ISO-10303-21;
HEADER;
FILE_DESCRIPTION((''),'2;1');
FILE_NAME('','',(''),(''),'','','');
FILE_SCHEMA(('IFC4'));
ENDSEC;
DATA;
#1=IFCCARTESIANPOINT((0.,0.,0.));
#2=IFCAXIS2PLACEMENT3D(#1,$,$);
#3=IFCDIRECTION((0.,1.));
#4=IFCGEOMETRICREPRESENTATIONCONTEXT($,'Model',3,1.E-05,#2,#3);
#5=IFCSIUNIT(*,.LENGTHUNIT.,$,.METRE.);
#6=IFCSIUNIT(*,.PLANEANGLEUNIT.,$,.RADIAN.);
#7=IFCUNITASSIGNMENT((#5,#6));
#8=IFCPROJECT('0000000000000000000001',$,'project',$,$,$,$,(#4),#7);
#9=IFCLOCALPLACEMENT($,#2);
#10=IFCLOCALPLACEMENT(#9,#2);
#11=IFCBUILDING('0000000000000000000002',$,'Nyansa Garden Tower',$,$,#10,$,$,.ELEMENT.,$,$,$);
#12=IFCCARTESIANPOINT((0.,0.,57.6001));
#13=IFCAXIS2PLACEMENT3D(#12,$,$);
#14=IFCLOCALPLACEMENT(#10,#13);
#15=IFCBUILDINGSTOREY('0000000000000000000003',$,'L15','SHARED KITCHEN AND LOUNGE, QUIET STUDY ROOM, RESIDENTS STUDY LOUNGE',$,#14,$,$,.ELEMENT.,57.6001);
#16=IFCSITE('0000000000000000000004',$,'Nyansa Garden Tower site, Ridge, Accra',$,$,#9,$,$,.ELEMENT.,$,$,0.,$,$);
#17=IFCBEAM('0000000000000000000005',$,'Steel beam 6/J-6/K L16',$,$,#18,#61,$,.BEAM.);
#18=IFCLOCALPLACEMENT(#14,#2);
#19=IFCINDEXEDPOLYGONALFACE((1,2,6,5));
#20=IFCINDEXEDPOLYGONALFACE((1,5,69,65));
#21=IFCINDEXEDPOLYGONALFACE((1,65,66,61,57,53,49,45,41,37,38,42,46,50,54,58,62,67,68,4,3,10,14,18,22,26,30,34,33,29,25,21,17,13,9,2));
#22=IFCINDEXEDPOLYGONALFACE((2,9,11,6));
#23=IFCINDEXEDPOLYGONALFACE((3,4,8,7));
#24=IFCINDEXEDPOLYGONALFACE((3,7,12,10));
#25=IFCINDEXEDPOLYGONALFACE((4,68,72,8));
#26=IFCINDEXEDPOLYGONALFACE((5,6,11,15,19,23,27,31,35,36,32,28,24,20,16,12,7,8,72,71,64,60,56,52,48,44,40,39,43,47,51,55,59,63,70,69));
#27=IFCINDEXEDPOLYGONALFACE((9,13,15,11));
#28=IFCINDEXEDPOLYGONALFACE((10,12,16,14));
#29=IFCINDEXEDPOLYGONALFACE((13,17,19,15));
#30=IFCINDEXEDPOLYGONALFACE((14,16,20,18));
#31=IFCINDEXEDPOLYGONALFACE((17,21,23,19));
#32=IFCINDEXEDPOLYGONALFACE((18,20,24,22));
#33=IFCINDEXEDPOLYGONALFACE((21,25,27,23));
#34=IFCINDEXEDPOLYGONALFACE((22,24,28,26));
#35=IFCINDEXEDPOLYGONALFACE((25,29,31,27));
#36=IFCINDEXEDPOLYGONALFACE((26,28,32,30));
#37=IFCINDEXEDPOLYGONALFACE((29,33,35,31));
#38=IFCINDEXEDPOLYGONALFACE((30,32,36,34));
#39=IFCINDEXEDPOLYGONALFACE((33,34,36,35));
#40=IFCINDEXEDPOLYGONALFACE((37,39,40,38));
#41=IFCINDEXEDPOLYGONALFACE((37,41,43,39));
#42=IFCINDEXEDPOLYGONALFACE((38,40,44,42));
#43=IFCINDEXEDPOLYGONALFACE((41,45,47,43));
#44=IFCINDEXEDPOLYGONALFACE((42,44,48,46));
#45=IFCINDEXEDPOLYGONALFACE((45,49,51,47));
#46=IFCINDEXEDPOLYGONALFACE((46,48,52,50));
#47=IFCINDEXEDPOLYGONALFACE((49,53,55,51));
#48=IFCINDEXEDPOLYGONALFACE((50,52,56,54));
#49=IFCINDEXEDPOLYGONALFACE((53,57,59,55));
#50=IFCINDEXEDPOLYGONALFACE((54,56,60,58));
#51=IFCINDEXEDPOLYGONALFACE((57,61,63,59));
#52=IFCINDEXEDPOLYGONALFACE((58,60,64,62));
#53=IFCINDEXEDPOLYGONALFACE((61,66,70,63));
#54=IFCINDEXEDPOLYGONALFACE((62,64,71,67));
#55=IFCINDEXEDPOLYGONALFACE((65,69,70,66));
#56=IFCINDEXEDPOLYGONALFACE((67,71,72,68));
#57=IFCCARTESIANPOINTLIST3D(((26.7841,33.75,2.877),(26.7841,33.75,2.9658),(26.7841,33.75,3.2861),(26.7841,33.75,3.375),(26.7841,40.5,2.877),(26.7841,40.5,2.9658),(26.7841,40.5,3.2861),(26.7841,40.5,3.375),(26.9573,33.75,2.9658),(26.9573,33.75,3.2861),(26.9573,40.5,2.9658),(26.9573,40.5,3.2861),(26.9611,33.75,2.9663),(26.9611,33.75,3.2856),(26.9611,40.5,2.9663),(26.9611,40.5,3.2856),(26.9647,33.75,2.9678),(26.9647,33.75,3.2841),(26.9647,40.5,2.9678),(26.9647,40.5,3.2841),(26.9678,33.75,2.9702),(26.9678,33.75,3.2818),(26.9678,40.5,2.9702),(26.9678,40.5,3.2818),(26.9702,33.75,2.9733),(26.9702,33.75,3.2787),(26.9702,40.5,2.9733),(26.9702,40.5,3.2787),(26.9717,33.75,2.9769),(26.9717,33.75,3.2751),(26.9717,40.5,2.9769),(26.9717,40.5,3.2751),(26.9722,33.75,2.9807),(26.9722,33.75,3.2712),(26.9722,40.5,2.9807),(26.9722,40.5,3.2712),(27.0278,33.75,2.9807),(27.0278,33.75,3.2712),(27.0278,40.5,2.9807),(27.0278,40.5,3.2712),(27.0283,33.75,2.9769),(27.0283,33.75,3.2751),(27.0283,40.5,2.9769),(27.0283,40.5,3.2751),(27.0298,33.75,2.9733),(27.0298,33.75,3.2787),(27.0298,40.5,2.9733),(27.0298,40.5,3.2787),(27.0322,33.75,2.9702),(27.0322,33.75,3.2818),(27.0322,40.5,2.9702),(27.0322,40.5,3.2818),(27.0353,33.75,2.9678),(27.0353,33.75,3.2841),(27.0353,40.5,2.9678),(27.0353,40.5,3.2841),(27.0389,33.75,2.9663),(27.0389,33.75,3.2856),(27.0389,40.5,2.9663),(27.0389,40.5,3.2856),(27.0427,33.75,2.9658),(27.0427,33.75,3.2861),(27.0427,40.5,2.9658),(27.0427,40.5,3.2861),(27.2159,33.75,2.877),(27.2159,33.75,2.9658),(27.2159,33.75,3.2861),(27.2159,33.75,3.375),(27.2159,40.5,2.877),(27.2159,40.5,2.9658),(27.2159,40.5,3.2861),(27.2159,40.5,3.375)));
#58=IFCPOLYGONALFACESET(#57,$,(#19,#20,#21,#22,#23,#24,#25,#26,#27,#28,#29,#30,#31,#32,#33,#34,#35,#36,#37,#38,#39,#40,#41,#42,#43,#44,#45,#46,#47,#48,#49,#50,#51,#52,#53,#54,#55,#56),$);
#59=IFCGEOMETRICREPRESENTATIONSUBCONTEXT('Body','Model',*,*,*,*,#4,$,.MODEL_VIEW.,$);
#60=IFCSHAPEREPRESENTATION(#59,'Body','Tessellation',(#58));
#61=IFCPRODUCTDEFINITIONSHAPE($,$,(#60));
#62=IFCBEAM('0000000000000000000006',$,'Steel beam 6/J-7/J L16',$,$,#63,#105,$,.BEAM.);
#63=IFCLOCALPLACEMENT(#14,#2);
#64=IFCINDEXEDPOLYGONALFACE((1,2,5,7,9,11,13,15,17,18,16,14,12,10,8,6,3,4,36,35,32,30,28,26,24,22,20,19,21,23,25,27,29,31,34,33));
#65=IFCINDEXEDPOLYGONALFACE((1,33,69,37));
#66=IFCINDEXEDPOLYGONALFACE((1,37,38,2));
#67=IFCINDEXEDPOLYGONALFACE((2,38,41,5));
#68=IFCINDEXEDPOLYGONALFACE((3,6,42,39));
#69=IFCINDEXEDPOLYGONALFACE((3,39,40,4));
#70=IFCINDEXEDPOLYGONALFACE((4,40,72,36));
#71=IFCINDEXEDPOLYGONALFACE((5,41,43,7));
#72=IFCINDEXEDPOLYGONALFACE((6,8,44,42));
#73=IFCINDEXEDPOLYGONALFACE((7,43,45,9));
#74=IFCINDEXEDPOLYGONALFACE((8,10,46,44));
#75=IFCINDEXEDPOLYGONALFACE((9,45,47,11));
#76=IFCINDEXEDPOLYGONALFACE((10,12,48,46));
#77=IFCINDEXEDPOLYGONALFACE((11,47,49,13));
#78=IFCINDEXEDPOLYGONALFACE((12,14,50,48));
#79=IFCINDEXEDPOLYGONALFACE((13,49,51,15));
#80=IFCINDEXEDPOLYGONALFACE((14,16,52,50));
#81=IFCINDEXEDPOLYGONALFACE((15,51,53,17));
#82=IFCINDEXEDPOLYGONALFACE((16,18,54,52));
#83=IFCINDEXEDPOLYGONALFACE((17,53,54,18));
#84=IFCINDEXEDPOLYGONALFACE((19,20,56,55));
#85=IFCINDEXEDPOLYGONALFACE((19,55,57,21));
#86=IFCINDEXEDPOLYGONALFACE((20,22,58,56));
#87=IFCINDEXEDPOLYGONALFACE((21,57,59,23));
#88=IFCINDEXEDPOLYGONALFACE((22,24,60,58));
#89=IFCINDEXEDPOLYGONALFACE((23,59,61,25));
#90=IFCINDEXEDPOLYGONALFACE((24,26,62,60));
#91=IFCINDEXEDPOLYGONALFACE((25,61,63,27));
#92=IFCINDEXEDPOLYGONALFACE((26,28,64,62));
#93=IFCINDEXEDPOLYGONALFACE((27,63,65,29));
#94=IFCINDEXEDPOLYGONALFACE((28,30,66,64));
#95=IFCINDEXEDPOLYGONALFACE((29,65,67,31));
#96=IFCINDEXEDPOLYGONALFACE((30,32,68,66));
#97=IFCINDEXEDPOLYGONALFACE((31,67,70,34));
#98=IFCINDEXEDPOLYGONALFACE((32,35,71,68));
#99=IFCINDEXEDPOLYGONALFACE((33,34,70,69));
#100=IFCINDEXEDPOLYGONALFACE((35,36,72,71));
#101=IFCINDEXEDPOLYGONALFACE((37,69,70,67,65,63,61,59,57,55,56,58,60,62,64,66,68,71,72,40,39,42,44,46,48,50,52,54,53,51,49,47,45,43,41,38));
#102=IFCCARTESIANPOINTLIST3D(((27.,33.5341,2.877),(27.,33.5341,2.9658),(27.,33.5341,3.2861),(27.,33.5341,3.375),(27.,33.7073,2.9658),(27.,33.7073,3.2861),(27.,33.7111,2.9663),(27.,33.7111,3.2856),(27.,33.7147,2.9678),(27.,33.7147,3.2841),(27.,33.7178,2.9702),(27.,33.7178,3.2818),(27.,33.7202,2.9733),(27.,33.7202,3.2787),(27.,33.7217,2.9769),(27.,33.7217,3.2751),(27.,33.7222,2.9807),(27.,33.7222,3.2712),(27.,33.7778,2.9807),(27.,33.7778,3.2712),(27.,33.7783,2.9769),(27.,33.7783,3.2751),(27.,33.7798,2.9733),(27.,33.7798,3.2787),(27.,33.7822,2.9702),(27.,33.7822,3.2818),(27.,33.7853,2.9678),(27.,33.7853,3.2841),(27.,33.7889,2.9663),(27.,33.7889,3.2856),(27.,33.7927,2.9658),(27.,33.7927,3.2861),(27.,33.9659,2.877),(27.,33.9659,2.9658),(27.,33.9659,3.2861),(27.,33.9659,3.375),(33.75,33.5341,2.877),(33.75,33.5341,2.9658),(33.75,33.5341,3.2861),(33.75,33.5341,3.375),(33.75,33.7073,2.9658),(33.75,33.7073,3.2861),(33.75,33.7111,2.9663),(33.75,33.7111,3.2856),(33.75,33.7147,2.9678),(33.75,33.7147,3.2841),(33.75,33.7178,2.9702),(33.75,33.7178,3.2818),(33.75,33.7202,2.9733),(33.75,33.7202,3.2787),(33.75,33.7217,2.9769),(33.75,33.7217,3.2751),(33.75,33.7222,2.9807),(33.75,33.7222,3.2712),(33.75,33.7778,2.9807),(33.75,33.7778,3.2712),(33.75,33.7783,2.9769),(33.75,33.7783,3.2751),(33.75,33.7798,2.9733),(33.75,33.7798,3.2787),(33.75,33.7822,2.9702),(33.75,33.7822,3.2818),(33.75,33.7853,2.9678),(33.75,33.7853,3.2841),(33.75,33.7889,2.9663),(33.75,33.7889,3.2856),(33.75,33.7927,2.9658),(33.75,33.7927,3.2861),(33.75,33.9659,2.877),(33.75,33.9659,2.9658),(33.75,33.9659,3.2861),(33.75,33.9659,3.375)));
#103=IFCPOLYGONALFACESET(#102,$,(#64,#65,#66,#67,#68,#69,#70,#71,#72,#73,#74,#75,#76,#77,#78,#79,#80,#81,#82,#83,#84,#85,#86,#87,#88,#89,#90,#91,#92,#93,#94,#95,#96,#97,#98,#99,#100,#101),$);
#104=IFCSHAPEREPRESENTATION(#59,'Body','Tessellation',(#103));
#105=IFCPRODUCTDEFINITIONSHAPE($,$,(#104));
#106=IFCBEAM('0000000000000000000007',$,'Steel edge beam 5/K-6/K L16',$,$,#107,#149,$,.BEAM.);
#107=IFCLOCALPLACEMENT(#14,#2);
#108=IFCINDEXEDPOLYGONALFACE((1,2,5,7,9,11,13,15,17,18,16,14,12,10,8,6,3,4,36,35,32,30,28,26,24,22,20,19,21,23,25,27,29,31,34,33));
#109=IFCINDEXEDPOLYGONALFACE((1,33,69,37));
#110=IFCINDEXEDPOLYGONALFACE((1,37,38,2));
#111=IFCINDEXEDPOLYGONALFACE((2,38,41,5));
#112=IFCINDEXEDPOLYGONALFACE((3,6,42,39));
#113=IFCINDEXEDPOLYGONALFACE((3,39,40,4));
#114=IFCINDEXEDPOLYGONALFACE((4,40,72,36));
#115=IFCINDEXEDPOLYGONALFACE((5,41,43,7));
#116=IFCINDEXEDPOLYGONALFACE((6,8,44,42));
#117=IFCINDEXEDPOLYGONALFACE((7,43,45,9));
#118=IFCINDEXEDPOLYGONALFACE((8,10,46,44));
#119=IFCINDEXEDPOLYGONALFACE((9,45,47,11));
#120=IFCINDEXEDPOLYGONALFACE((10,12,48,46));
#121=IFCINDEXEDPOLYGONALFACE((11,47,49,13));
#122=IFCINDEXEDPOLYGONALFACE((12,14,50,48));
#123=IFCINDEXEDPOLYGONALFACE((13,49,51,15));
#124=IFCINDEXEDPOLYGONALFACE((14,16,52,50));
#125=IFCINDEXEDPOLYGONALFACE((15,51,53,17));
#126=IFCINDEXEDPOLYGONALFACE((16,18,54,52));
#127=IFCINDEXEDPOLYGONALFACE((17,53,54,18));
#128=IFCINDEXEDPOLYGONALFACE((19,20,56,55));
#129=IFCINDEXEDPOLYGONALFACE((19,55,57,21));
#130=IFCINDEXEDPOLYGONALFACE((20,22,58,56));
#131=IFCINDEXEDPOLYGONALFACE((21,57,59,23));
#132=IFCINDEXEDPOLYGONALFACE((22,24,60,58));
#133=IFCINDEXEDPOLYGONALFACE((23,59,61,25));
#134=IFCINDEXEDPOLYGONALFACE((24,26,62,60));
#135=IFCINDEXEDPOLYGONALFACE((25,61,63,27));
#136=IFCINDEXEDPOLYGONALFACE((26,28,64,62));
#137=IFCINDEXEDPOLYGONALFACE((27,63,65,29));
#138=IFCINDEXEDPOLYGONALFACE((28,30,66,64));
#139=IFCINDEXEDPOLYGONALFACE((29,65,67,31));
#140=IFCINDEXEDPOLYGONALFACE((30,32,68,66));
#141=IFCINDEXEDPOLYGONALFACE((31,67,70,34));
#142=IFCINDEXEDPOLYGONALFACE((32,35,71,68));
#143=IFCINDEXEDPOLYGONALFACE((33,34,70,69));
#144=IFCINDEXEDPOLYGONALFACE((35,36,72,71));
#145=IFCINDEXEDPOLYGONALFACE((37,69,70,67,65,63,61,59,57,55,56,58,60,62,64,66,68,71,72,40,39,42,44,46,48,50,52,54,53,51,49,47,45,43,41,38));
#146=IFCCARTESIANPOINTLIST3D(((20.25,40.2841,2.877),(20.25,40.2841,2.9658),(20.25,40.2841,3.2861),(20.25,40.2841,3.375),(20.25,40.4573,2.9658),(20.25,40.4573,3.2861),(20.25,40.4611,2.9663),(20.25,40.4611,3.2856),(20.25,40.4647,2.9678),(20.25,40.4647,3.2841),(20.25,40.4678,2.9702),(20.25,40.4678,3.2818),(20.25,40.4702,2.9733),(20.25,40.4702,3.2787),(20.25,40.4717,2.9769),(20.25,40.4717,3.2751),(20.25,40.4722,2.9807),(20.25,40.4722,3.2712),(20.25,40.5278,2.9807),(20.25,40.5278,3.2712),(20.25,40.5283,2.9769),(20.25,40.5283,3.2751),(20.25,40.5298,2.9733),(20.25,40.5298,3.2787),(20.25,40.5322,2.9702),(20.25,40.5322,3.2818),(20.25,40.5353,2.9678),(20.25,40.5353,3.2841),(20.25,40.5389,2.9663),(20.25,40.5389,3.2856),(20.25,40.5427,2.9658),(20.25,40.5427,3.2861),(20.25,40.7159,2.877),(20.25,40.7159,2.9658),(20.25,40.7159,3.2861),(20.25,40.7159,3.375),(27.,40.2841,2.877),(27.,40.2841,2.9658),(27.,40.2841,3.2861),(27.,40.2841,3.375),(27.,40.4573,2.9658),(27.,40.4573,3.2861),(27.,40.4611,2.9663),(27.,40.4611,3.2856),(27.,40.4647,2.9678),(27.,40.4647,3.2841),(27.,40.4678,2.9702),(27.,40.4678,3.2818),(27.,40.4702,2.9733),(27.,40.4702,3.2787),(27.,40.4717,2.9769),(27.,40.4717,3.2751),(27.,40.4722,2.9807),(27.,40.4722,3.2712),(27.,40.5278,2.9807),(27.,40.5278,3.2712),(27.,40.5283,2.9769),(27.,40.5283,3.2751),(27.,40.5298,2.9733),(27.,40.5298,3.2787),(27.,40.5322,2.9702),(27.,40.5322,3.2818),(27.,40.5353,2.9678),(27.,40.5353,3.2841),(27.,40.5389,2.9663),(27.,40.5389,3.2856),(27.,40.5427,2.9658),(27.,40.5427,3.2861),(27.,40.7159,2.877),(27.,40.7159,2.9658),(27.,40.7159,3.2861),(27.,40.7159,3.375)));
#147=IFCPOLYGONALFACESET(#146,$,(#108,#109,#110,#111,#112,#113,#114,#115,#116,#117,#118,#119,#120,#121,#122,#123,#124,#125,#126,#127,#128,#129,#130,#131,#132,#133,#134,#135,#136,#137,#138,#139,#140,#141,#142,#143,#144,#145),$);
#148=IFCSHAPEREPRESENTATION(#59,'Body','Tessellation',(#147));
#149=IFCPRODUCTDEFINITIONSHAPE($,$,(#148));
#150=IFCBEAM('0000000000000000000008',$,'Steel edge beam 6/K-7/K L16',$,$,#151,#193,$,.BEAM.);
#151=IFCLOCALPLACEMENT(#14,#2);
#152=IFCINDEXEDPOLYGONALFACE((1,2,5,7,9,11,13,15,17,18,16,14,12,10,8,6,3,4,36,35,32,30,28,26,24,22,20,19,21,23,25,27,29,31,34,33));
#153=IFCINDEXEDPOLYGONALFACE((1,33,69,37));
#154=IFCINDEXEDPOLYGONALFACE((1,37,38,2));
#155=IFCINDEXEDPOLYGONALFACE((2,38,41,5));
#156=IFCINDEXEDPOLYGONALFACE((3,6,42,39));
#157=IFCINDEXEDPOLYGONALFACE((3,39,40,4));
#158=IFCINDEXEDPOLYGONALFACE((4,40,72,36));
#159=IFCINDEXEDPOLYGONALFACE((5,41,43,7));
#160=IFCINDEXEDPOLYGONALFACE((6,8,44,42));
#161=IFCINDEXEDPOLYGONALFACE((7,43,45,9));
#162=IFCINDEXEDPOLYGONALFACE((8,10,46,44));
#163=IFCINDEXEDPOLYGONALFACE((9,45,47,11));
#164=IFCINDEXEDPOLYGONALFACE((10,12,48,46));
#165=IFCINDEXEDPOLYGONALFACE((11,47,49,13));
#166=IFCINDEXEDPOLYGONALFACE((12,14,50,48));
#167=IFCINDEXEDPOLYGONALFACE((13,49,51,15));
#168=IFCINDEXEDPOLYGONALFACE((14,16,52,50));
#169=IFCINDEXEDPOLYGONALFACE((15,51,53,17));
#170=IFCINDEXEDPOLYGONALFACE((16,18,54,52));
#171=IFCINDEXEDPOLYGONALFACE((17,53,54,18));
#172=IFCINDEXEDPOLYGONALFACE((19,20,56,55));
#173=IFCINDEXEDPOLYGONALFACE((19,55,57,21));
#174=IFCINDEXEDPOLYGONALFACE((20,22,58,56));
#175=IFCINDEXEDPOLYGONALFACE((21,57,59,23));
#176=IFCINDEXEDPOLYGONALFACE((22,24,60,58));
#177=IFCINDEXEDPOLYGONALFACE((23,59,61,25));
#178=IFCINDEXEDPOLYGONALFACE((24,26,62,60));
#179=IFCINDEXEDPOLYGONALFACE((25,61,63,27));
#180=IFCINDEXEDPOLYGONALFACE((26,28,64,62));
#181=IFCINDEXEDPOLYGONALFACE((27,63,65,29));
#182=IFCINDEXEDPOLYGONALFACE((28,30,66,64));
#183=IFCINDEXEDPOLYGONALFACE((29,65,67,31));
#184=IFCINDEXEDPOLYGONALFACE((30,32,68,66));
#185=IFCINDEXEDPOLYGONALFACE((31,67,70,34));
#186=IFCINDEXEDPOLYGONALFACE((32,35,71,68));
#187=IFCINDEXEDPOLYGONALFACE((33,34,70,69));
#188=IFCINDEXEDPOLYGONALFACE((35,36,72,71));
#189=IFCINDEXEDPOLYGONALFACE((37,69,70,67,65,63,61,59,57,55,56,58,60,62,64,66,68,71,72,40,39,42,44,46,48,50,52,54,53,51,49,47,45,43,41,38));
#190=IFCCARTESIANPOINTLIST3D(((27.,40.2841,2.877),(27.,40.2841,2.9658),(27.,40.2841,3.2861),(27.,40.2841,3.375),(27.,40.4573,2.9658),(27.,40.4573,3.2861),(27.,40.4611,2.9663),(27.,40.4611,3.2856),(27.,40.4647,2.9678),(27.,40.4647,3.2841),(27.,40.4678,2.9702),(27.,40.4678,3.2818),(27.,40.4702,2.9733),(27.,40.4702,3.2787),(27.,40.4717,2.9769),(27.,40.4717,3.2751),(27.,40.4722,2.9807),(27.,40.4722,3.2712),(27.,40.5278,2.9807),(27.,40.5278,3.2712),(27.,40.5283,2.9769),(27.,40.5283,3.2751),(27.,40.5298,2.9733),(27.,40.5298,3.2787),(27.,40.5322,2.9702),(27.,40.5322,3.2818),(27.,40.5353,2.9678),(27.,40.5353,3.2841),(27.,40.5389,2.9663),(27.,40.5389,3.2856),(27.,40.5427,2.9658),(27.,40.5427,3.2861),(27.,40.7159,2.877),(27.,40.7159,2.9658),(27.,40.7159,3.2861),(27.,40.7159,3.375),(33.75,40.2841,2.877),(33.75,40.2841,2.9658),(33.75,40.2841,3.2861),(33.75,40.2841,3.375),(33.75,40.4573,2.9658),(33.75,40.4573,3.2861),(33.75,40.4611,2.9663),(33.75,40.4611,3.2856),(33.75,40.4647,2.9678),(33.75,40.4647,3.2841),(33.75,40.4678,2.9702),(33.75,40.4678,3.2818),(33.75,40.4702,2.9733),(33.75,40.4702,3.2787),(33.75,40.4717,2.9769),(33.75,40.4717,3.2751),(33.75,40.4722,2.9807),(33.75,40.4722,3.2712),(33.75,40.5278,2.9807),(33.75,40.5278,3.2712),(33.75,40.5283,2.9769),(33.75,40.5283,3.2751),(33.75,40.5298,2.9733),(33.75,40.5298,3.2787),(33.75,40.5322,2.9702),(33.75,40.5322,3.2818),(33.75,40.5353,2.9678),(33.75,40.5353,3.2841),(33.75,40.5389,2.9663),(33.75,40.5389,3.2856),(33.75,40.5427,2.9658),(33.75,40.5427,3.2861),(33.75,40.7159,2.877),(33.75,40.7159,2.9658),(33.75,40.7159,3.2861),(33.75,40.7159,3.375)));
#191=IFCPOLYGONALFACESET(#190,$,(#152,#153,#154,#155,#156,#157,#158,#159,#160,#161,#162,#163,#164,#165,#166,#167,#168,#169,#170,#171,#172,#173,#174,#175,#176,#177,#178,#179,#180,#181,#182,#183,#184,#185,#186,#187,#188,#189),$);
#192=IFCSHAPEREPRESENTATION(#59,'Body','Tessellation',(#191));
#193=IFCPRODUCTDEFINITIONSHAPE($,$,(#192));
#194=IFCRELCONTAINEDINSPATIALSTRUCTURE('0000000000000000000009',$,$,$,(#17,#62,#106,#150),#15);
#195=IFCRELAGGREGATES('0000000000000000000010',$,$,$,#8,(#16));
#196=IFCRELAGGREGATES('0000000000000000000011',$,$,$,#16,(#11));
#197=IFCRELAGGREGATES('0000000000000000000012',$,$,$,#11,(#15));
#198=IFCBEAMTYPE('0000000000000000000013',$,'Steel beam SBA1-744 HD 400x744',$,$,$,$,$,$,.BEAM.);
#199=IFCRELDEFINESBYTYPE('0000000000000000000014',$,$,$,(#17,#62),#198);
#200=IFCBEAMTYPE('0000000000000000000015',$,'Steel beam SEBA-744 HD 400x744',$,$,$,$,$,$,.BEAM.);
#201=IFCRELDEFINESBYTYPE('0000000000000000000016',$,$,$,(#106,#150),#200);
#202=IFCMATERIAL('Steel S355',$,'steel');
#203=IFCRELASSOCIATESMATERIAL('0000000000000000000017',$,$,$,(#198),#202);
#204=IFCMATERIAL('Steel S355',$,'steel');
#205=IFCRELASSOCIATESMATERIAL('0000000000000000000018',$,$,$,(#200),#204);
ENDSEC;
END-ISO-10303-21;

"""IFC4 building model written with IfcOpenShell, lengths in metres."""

from ifc_helpers import new_model, si_unit, direction, frame, origin, origin_2d, place, context, subcontext, project, spatial, i_section, extrude, material, material_profile, profile_set, type_object, element, save


model = new_model("IFC4")

# Units and contexts
model_context = context("Model", 3, precision=1e-05, world=origin(), true_north=direction((0.0, 1.0)))
body_context = subcontext(model_context, "Body", "Model", "MODEL_VIEW")
ifc_project = project(units=[si_unit("LENGTHUNIT", "METRE"), si_unit("PLANEANGLEUNIT", "RADIAN")], contexts=[model_context])

# Site, building, storey
site_placement = place(None, origin())
site = spatial("IfcSite", under=ifc_project, at=site_placement, Name="Nyansa Garden Tower site, Ridge, Accra", CompositionType="ELEMENT", RefElevation=0.0)
building_placement = place(site_placement, origin())
building = spatial("IfcBuilding", under=site, at=building_placement, Name="Nyansa Garden Tower", CompositionType="ELEMENT")
storey_placement = place(building_placement, frame((0.0, 0.0, 57.6001)))
storey = spatial("IfcBuildingStorey", under=building, at=storey_placement, Name="L15", Description="SHARED KITCHEN AND LOUNGE, QUIET STUDY ROOM, RESIDENTS STUDY LOUNGE", CompositionType="ELEMENT", Elevation=57.6001)

# Beams
ifc_material_1 = material(Name="Steel S355", Category="steel")
ifc_material_profile_1 = material_profile(ifc_material_1, i_section(OverallWidth=0.4319, OverallDepth=0.498, WebThickness=0.0557, FlangeThickness=0.0889, FilletRadius=0.0149, at=origin_2d()), Name="HD 400x744")
ifc_profile_set_1 = profile_set([ifc_material_profile_1], Name="Steel S355")
beam_type_1 = type_object("IfcBeamType", Name="Steel beam SBA1-744 HD 400x744", PredefinedType="BEAM", material=ifc_profile_set_1)
for number, where, z_axis, x_axis, name in (
    (1, (27.0, 33.75, 3.126), (0.0, 1.0, 0.0), (-1.0, 0.0, 0.0), "Steel beam 6/J-6/K L16"),
    (2, (27.0, 33.75, 3.126), (1.0, 0.0, 0.0), (0.0, 1.0, 0.0), "Steel beam 6/J-7/J L16"),
):
    element("IfcBeam", number, at=place(storey_placement, frame(where, z_axis=z_axis, x_axis=x_axis)), inside=storey, type_object=beam_type_1, Name=name, PredefinedType="BEAM", context=body_context, shape_type="SweptSolid", body=[
        extrude(i_section(OverallWidth=0.4319, OverallDepth=0.498, WebThickness=0.0557, FlangeThickness=0.0889, FilletRadius=0.0149, at=origin_2d()), origin(), (0.0, 0.0, 1.0), 6.75),
    ])
ifc_material_2 = material(Name="Steel S355", Category="steel")
ifc_material_profile_2 = material_profile(ifc_material_2, i_section(OverallWidth=0.4319, OverallDepth=0.498, WebThickness=0.0557, FlangeThickness=0.0889, FilletRadius=0.0149, at=origin_2d()), Name="HD 400x744")
ifc_profile_set_2 = profile_set([ifc_material_profile_2], Name="Steel S355")
beam_type_2 = type_object("IfcBeamType", Name="Steel beam SEBA-744 HD 400x744", PredefinedType="BEAM", material=ifc_profile_set_2)
for number, where, z_axis, x_axis, name in (
    (3, (20.25, 40.5, 3.126), (1.0, 0.0, 0.0), (0.0, 1.0, 0.0), "Steel edge beam 5/K-6/K L16"),
    (4, (27.0, 40.5, 3.126), (1.0, 0.0, 0.0), (0.0, 1.0, 0.0), "Steel edge beam 6/K-7/K L16"),
):
    element("IfcBeam", number, at=place(storey_placement, frame(where, z_axis=z_axis, x_axis=x_axis)), inside=storey, type_object=beam_type_2, Name=name, PredefinedType="BEAM", context=body_context, shape_type="SweptSolid", body=[
        extrude(i_section(OverallWidth=0.4319, OverallDepth=0.498, WebThickness=0.0557, FlangeThickness=0.0889, FilletRadius=0.0149, at=origin_2d()), origin(), (0.0, 0.0, 1.0), 6.75),
    ])

save(model, "model.ifc")
